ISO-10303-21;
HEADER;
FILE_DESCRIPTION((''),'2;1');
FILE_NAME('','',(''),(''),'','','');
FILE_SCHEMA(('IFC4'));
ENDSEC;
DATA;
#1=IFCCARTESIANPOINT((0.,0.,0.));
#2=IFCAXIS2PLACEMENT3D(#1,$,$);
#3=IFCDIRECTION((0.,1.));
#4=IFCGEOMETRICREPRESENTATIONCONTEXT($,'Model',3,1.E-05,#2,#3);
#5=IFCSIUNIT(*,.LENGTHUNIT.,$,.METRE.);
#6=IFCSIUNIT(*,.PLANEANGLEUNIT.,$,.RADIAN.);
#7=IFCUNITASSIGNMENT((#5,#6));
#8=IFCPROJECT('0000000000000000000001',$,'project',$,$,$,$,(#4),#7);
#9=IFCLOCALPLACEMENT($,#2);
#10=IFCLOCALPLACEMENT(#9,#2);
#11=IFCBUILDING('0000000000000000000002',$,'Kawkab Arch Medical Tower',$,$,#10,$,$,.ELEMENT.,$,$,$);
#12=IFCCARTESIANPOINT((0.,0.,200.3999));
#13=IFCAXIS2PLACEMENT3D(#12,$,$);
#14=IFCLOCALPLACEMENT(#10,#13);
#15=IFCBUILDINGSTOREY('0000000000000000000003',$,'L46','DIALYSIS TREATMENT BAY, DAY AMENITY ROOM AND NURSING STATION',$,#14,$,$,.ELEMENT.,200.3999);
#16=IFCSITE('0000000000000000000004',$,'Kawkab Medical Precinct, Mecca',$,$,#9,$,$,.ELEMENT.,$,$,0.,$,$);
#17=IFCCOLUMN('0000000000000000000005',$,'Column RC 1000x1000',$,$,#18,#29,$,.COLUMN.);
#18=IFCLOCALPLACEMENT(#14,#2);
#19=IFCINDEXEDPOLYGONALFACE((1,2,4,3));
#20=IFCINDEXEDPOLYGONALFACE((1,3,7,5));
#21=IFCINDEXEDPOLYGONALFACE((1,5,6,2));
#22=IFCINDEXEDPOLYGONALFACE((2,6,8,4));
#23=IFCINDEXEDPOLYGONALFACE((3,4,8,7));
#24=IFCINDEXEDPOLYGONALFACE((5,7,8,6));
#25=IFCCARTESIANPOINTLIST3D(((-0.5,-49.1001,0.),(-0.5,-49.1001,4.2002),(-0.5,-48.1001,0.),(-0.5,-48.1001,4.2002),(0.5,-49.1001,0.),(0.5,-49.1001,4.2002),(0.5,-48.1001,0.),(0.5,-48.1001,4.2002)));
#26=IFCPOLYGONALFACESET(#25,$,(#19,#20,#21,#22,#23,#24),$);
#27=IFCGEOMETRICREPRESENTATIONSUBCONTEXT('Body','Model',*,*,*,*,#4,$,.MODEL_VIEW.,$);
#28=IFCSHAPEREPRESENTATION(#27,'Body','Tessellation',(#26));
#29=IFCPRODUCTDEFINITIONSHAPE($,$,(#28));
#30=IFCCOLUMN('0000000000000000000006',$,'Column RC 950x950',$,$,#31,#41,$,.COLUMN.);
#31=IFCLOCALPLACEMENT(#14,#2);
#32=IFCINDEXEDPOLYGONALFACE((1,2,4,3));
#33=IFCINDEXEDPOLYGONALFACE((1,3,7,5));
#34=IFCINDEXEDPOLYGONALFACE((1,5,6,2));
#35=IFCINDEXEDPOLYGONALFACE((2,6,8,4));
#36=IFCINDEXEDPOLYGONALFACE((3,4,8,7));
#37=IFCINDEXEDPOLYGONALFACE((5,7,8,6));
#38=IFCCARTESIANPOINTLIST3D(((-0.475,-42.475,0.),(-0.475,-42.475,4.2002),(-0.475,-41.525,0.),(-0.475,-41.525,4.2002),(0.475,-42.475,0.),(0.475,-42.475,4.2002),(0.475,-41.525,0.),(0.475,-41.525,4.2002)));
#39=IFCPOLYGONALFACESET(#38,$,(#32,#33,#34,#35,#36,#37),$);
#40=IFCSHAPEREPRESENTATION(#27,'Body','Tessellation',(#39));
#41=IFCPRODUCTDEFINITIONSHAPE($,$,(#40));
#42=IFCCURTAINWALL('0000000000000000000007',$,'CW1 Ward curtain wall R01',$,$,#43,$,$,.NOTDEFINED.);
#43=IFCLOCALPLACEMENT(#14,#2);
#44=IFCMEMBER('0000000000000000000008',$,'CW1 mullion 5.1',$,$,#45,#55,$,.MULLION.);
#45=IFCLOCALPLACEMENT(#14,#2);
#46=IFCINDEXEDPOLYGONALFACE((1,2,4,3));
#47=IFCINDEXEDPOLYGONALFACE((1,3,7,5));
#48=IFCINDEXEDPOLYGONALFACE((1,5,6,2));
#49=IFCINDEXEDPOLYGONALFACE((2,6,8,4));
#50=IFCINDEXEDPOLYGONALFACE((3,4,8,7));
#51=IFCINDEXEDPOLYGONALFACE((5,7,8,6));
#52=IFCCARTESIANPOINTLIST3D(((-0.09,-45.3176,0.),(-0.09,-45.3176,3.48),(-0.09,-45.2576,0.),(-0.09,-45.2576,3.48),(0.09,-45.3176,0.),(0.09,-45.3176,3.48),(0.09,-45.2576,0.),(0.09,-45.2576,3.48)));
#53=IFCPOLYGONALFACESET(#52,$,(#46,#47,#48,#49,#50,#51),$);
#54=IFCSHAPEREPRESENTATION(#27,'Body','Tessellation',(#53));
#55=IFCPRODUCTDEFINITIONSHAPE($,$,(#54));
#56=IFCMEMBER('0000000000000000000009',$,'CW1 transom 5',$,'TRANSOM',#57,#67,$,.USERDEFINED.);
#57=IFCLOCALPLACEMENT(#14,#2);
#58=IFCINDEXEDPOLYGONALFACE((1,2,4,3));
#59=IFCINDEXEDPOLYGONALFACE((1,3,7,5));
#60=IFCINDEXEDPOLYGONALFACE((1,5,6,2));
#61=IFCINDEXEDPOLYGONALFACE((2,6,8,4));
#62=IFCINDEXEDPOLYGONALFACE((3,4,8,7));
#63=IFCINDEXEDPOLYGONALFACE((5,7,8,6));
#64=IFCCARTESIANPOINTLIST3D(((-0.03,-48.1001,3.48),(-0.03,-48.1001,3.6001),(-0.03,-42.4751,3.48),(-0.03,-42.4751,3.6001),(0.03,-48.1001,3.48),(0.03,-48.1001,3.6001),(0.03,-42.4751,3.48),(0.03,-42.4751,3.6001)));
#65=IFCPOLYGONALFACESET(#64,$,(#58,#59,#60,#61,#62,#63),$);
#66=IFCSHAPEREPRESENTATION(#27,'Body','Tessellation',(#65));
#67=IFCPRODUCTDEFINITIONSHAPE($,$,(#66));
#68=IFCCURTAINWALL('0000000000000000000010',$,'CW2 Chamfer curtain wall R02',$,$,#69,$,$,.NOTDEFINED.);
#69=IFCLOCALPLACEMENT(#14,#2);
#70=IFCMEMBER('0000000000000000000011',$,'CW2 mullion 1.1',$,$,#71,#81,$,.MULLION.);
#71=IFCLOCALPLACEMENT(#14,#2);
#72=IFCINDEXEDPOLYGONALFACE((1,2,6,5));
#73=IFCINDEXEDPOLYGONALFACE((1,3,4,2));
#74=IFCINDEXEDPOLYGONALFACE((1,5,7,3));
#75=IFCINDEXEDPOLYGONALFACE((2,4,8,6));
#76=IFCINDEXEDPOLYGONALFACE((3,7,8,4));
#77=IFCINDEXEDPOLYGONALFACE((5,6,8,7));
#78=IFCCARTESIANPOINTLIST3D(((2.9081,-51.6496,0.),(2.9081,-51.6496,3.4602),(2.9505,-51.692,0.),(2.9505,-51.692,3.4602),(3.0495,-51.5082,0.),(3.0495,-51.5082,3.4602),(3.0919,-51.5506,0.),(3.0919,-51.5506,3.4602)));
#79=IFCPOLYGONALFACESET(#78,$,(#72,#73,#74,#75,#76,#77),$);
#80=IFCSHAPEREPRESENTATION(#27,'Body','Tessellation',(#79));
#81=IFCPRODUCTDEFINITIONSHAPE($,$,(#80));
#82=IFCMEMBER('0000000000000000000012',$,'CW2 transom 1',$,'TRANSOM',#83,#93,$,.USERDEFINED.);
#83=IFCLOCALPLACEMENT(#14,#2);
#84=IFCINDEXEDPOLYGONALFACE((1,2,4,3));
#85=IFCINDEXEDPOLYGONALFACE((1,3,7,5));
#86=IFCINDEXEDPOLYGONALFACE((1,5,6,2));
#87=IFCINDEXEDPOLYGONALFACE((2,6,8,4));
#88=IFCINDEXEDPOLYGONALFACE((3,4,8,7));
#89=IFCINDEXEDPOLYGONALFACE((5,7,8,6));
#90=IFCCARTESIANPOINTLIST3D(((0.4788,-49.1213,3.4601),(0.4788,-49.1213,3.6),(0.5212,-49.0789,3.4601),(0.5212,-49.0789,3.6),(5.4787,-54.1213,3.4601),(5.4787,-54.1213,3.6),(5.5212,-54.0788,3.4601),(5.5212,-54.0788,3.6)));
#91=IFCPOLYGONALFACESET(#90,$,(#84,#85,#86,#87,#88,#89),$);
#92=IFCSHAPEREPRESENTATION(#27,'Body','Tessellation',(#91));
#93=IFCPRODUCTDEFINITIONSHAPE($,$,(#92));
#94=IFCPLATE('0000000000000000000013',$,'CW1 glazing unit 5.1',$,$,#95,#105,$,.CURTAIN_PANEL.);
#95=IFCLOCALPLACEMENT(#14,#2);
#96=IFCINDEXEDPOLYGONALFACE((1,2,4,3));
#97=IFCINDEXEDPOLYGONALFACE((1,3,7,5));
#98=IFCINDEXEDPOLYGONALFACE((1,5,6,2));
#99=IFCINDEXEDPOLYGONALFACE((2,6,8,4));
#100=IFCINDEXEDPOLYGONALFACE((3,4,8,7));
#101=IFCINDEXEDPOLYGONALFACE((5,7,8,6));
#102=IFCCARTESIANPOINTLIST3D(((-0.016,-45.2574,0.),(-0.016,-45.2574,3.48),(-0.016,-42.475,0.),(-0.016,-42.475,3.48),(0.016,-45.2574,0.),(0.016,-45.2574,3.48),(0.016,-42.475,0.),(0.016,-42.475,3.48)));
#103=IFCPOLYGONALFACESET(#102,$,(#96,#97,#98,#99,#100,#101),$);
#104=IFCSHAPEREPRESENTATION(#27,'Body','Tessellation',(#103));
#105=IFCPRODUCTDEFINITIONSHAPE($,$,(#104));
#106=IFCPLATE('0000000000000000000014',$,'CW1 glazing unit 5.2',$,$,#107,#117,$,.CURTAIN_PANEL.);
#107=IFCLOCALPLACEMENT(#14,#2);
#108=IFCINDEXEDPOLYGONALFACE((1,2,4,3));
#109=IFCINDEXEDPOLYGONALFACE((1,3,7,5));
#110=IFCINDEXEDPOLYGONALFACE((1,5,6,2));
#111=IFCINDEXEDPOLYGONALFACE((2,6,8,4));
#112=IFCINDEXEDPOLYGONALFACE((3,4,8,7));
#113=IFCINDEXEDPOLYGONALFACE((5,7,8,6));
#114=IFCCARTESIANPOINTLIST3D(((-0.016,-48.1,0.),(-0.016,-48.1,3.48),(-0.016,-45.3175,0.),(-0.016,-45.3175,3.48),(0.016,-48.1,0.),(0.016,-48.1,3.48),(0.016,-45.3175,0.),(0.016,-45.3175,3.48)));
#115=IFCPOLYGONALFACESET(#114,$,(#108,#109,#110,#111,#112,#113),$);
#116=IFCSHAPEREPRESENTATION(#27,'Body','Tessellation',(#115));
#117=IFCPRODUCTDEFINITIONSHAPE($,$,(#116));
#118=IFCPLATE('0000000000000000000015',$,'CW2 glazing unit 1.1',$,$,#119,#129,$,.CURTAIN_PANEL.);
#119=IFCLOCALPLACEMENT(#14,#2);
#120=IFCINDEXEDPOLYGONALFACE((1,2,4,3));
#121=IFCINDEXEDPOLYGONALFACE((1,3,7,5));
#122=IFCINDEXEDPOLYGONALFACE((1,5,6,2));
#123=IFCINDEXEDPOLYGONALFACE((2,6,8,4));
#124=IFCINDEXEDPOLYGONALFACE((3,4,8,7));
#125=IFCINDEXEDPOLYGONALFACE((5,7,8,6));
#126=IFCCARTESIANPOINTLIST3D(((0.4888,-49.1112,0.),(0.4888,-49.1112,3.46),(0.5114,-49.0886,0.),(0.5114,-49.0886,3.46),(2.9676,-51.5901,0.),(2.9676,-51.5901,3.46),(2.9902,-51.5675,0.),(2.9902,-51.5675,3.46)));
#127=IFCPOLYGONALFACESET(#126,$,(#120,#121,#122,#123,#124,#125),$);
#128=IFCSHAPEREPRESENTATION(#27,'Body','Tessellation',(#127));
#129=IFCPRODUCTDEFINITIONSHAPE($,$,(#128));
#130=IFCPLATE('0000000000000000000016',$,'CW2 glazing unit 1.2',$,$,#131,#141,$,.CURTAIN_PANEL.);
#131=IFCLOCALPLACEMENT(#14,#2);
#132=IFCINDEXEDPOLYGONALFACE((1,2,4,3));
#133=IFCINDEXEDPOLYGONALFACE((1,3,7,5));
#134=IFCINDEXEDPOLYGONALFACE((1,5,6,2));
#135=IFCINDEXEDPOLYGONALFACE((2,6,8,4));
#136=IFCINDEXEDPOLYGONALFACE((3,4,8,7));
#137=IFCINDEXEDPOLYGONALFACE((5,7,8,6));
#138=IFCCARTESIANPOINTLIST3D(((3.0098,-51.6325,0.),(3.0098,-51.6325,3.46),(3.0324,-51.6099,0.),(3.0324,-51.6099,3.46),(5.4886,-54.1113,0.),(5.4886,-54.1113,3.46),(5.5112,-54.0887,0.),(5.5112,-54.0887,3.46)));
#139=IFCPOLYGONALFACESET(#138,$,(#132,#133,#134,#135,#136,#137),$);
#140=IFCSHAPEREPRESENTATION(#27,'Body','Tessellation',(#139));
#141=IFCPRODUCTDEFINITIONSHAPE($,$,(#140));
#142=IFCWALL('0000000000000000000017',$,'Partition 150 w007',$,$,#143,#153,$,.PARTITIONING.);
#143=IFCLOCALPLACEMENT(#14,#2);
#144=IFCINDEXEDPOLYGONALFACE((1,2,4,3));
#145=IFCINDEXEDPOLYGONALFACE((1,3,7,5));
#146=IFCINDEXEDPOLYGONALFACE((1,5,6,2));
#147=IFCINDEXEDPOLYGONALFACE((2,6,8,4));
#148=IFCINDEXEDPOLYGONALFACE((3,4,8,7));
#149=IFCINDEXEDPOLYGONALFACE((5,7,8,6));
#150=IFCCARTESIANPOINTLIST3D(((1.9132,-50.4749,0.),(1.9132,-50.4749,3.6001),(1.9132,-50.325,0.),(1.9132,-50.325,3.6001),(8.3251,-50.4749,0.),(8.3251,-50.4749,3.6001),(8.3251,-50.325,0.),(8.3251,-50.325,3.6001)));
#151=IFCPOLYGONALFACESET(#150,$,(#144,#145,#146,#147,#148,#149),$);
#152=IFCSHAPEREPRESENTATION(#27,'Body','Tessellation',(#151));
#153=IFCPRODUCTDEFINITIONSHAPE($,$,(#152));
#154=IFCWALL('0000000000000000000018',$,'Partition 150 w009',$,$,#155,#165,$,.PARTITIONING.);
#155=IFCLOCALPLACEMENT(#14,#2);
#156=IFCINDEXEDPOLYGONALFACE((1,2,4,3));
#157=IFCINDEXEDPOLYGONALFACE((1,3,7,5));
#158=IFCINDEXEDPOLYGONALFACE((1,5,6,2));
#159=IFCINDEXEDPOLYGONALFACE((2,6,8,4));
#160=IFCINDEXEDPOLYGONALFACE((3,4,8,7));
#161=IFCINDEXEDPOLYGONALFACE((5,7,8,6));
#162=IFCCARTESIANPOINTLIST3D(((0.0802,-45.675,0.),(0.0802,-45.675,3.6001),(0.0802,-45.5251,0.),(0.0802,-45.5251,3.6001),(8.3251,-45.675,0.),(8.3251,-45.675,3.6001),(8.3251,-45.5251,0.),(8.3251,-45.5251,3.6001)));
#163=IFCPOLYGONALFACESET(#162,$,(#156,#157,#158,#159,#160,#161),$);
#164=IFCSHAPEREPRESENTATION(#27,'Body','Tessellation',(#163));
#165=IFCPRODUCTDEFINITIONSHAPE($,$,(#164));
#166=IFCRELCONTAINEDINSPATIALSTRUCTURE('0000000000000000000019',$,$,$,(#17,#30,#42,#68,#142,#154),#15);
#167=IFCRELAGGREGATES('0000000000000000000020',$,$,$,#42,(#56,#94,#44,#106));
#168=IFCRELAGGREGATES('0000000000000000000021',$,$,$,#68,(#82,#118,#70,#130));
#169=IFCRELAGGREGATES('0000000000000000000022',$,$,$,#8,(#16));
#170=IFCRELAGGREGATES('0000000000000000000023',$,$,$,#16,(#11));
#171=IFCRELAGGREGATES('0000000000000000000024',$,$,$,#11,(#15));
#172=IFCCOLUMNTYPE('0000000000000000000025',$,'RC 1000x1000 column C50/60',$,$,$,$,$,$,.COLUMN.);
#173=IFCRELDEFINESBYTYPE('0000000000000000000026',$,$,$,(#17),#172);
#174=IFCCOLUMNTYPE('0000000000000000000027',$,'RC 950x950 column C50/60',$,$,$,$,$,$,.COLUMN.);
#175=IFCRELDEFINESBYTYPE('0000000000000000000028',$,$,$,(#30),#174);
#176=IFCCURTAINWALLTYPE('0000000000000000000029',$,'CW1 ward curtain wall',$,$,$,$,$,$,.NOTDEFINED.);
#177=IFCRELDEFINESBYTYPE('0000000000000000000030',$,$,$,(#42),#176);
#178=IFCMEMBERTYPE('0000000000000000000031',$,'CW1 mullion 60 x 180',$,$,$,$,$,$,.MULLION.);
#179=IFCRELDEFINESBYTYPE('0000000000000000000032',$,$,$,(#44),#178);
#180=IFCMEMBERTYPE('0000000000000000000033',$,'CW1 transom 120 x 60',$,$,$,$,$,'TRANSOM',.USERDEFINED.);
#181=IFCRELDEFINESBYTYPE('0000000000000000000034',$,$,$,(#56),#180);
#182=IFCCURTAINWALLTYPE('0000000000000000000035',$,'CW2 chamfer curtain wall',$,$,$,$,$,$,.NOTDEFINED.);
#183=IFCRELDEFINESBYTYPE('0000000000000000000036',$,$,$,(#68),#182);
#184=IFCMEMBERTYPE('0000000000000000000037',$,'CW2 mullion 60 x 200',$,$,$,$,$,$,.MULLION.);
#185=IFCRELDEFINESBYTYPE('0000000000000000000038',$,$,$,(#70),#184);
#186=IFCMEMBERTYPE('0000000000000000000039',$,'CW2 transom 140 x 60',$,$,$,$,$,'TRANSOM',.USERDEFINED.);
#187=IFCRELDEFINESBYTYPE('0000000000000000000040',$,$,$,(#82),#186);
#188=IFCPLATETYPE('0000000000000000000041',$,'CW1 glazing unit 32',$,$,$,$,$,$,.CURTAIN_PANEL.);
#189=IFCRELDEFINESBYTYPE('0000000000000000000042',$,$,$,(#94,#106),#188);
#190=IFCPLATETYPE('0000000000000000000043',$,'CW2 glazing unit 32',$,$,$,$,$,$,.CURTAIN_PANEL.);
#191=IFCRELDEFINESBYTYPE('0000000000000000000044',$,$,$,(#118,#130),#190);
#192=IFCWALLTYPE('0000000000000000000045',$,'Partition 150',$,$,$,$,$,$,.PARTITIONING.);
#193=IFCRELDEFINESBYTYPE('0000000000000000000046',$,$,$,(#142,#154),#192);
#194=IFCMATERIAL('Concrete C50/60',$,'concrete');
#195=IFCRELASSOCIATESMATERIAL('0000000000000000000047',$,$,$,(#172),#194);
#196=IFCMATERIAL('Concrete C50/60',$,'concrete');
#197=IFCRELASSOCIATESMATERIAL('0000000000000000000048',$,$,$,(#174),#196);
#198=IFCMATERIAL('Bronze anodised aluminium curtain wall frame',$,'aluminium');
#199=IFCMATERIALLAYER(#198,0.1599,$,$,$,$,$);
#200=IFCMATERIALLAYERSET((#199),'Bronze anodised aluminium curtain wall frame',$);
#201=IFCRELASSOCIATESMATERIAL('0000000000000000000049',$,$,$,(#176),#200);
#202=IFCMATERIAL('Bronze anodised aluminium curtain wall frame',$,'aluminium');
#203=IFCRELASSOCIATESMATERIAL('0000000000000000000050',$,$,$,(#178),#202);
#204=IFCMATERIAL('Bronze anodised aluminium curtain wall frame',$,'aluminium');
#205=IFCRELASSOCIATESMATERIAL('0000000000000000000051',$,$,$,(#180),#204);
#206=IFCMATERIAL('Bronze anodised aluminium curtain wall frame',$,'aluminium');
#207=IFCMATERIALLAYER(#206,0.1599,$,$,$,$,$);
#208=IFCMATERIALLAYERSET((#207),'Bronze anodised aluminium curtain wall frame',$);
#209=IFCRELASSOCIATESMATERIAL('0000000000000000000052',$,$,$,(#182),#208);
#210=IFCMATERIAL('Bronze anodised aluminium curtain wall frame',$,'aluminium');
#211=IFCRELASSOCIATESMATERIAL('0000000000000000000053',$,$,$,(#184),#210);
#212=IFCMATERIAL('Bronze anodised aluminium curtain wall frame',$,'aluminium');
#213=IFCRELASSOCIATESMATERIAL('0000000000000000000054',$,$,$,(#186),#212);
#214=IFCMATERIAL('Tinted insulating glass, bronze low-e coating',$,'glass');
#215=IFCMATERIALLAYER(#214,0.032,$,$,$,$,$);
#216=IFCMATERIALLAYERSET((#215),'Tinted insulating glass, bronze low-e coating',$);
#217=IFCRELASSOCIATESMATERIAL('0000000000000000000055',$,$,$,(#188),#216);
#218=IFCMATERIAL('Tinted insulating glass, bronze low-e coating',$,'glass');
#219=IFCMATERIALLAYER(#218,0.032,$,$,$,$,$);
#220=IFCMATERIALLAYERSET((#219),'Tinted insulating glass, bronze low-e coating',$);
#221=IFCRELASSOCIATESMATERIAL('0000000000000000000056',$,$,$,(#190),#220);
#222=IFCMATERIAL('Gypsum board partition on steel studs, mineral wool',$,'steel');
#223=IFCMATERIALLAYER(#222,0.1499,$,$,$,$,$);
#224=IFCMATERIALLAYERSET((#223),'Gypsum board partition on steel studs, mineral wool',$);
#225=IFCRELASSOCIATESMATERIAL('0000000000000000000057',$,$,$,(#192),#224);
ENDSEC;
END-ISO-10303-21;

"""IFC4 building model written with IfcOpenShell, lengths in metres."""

from ifc_helpers import new_model, si_unit, direction, frame, frame_2d, origin, origin_2d, place, context, subcontext, project, spatial, rectangle, extrude, material, layer, layer_set, material_profile, profile_set, type_object, element, aggregate, save


model = new_model("IFC4")

# Units and contexts
model_context = context("Model", 3, precision=1e-05, world=origin(), true_north=direction((0.0, 1.0)))
body_context = subcontext(model_context, "Body", "Model", "MODEL_VIEW")
ifc_project = project(units=[si_unit("LENGTHUNIT", "METRE"), si_unit("PLANEANGLEUNIT", "RADIAN")], contexts=[model_context])

# Site, building, storey
site_placement = place(None, origin())
site = spatial("IfcSite", under=ifc_project, at=site_placement, Name="Kawkab Medical Precinct, Mecca", CompositionType="ELEMENT", RefElevation=0.0)
building_placement = place(site_placement, origin())
building = spatial("IfcBuilding", under=site, at=building_placement, Name="Kawkab Arch Medical Tower", CompositionType="ELEMENT")
storey_placement = place(building_placement, frame((0.0, 0.0, 200.3999)))
storey = spatial("IfcBuildingStorey", under=building, at=storey_placement, Name="L46", Description="DIALYSIS TREATMENT BAY, DAY AMENITY ROOM AND NURSING STATION", CompositionType="ELEMENT", Elevation=200.3999)

# Columns
ifc_material_1 = material(Name="Concrete C50/60", Category="concrete")
ifc_material_profile_1 = material_profile(ifc_material_1, rectangle(XDim=1.0, YDim=1.0, at=origin_2d()), Name="RC 1000x1000")
ifc_profile_set_1 = profile_set([ifc_material_profile_1], Name="Concrete C50/60")
column_type_1 = type_object("IfcColumnType", Name="RC 1000x1000 column C50/60", PredefinedType="COLUMN", material=ifc_profile_set_1)
column_1_placement = place(storey_placement, frame((0.0, -48.6001, 0.0), z_axis=(0.0, 0.0, 1.0), x_axis=(1.0, 0.0, 0.0)))
element("IfcColumn", 1, at=column_1_placement, inside=storey, type_object=column_type_1, Name="Column RC 1000x1000", PredefinedType="COLUMN", context=body_context, shape_type="SweptSolid", body=[
    extrude(rectangle(XDim=1.0, YDim=1.0, at=origin_2d()), origin(), (0.0, 0.0, 1.0), 4.2002),
])
ifc_material_2 = material(Name="Concrete C50/60", Category="concrete")
ifc_material_profile_2 = material_profile(ifc_material_2, rectangle(XDim=0.95, YDim=0.95, at=origin_2d()), Name="RC 950x950")
ifc_profile_set_2 = profile_set([ifc_material_profile_2], Name="Concrete C50/60")
column_type_2 = type_object("IfcColumnType", Name="RC 950x950 column C50/60", PredefinedType="COLUMN", material=ifc_profile_set_2)
column_2_placement = place(storey_placement, frame((0.0, -42.0, 0.0), z_axis=(0.0, 0.0, 1.0), x_axis=(1.0, 0.0, 0.0)))
element("IfcColumn", 2, at=column_2_placement, inside=storey, type_object=column_type_2, Name="Column RC 950x950", PredefinedType="COLUMN", context=body_context, shape_type="SweptSolid", body=[
    extrude(rectangle(XDim=0.95, YDim=0.95, at=origin_2d()), origin(), (0.0, 0.0, 1.0), 4.2002),
])

# Curtain walls, members
ifc_material_3 = material(Name="Bronze anodised aluminium curtain wall frame", Category="aluminium")
ifc_layer_1 = layer(ifc_material_3, 0.1599)
ifc_layer_set_1 = layer_set([ifc_layer_1], Name="Bronze anodised aluminium curtain wall frame")
curtain_wall_type_1 = type_object("IfcCurtainWallType", Name="CW1 ward curtain wall", PredefinedType="NOTDEFINED", material=ifc_layer_set_1)
placement = place(storey_placement, origin())
curtain_wall_1 = element("IfcCurtainWall", 3, at=placement, inside=storey, type_object=curtain_wall_type_1, Name="CW1 Ward curtain wall R01", PredefinedType="NOTDEFINED")
ifc_material_4 = material(Name="Bronze anodised aluminium curtain wall frame", Category="aluminium")
ifc_material_profile_3 = material_profile(ifc_material_4, rectangle(XDim=0.1799, YDim=0.0601, at=origin_2d()), Name="AL 60x180")
ifc_profile_set_3 = profile_set([ifc_material_profile_3], Name="Bronze anodised aluminium curtain wall frame")
member_type_1 = type_object("IfcMemberType", Name="CW1 mullion 60 x 180", PredefinedType="MULLION", material=ifc_profile_set_3)
member_1_placement = place(storey_placement, frame((0.0, -45.2876, 0.0), z_axis=(0.0, 0.0, 1.0), x_axis=(1.0, 0.0, 0.0)))
member_1 = element("IfcMember", 4, at=member_1_placement, type_object=member_type_1, Name="CW1 mullion 5.1", PredefinedType="MULLION", context=body_context, shape_type="SweptSolid", body=[
    extrude(rectangle(XDim=0.1799, YDim=0.0601, at=origin_2d()), origin(), (0.0, 0.0, 1.0), 3.48),
])
ifc_material_5 = material(Name="Bronze anodised aluminium curtain wall frame", Category="aluminium")
ifc_material_profile_4 = material_profile(ifc_material_5, rectangle(XDim=0.0601, YDim=0.1201, at=origin_2d()), Name="AL 60x120")
ifc_profile_set_4 = profile_set([ifc_material_profile_4], Name="Bronze anodised aluminium curtain wall frame")
member_type_2 = type_object("IfcMemberType", Name="CW1 transom 120 x 60", ElementType="TRANSOM", PredefinedType="USERDEFINED", material=ifc_profile_set_4)
member_2_placement = place(storey_placement, frame((0.0, -42.4751, 3.54), z_axis=(0.0, -1.0, 0.0), x_axis=(1.0, 0.0, 0.0)))
member_2 = element("IfcMember", 5, at=member_2_placement, type_object=member_type_2, Name="CW1 transom 5", ObjectType="TRANSOM", PredefinedType="USERDEFINED", context=body_context, shape_type="SweptSolid", body=[
    extrude(rectangle(XDim=0.0601, YDim=0.1201, at=origin_2d()), origin(), (0.0, 0.0, 1.0), 5.625),
])
ifc_material_6 = material(Name="Bronze anodised aluminium curtain wall frame", Category="aluminium")
ifc_layer_2 = layer(ifc_material_6, 0.1599)
ifc_layer_set_2 = layer_set([ifc_layer_2], Name="Bronze anodised aluminium curtain wall frame")
curtain_wall_type_2 = type_object("IfcCurtainWallType", Name="CW2 chamfer curtain wall", PredefinedType="NOTDEFINED", material=ifc_layer_set_2)
curtain_wall_2 = element("IfcCurtainWall", 6, at=placement, inside=storey, type_object=curtain_wall_type_2, Name="CW2 Chamfer curtain wall R02", PredefinedType="NOTDEFINED")
ifc_material_7 = material(Name="Bronze anodised aluminium curtain wall frame", Category="aluminium")
ifc_material_profile_5 = material_profile(ifc_material_7, rectangle(XDim=0.2, YDim=0.0601, at=origin_2d()), Name="AL 60x200")
ifc_profile_set_5 = profile_set([ifc_material_profile_5], Name="Bronze anodised aluminium curtain wall frame")
member_type_3 = type_object("IfcMemberType", Name="CW2 mullion 60 x 200", PredefinedType="MULLION", material=ifc_profile_set_5)
member_3_placement = place(storey_placement, frame((3.0, -51.6001, 0.0), z_axis=(0.0, 0.0, 1.0), x_axis=(0.707107, 0.707107, 0.0)))
member_3 = element("IfcMember", 7, at=member_3_placement, type_object=member_type_3, Name="CW2 mullion 1.1", PredefinedType="MULLION", context=body_context, shape_type="SweptSolid", body=[
    extrude(rectangle(XDim=0.2, YDim=0.0601, at=origin_2d()), origin(), (0.0, 0.0, 1.0), 3.4602),
])
ifc_material_8 = material(Name="Bronze anodised aluminium curtain wall frame", Category="aluminium")
ifc_material_profile_6 = material_profile(ifc_material_8, rectangle(XDim=0.0601, YDim=0.1399, at=origin_2d()), Name="AL 60x140")
ifc_profile_set_6 = profile_set([ifc_material_profile_6], Name="Bronze anodised aluminium curtain wall frame")
member_type_4 = type_object("IfcMemberType", Name="CW2 transom 140 x 60", ElementType="TRANSOM", PredefinedType="USERDEFINED", material=ifc_profile_set_6)
member_4_placement = place(storey_placement, frame((0.5, -49.1001, 3.53), z_axis=(0.707107, -0.707107, 0.0), x_axis=(0.707107, 0.707107, 0.0)))
member_4 = element("IfcMember", 8, at=member_4_placement, type_object=member_type_4, Name="CW2 transom 1", ObjectType="TRANSOM", PredefinedType="USERDEFINED", context=body_context, shape_type="SweptSolid", body=[
    extrude(rectangle(XDim=0.0601, YDim=0.1399, at=origin_2d()), origin(), (0.0, 0.0, 1.0), 7.071),
])

# Plates
ifc_material_9 = material(Name="Tinted insulating glass, bronze low-e coating", Category="glass")
ifc_layer_3 = layer(ifc_material_9, 0.032)
ifc_layer_set_3 = layer_set([ifc_layer_3], Name="Tinted insulating glass, bronze low-e coating")
plate_type_1 = type_object("IfcPlateType", Name="CW1 glazing unit 32", PredefinedType="CURTAIN_PANEL", material=ifc_layer_set_3)
plate_1_placement = place(storey_placement, frame((0.0, -43.8662, 0.0), z_axis=(0.0, 0.0, 1.0), x_axis=(0.0, -1.0, 0.0)))
plate_1 = element("IfcPlate", 9, at=plate_1_placement, type_object=plate_type_1, Name="CW1 glazing unit 5.1", PredefinedType="CURTAIN_PANEL", context=body_context, shape_type="SweptSolid", body=[
    extrude(rectangle(XDim=2.7825, YDim=0.032, at=origin_2d()), origin(), (0.0, 0.0, 1.0), 3.48),
])
plate_2_placement = place(storey_placement, frame((0.0, -46.7087, 0.0), z_axis=(0.0, 0.0, 1.0), x_axis=(0.0, -1.0, 0.0)))
plate_2 = element("IfcPlate", 10, at=plate_2_placement, type_object=plate_type_1, Name="CW1 glazing unit 5.2", PredefinedType="CURTAIN_PANEL", context=body_context, shape_type="SweptSolid", body=[
    extrude(rectangle(XDim=2.7825, YDim=0.032, at=origin_2d()), origin(), (0.0, 0.0, 1.0), 3.48),
])
aggregate(curtain_wall_1, [member_2, plate_1, member_1, plate_2])
ifc_material_10 = material(Name="Tinted insulating glass, bronze low-e coating", Category="glass")
ifc_layer_4 = layer(ifc_material_10, 0.032)
ifc_layer_set_4 = layer_set([ifc_layer_4], Name="Tinted insulating glass, bronze low-e coating")
plate_type_2 = type_object("IfcPlateType", Name="CW2 glazing unit 32", PredefinedType="CURTAIN_PANEL", material=ifc_layer_set_4)
plate_3_placement = place(storey_placement, frame((1.7395, -50.3394, 0.0), z_axis=(0.0, 0.0, 1.0), x_axis=(0.707107, -0.707107, 0.0)))
plate_3 = element("IfcPlate", 11, at=plate_3_placement, type_object=plate_type_2, Name="CW2 glazing unit 1.1", PredefinedType="CURTAIN_PANEL", context=body_context, shape_type="SweptSolid", body=[
    extrude(rectangle(XDim=3.5056, YDim=0.032, at=origin_2d()), origin(), (0.0, 0.0, 1.0), 3.46),
])
plate_4_placement = place(storey_placement, frame((4.2605, -52.8606, 0.0), z_axis=(0.0, 0.0, 1.0), x_axis=(0.707107, -0.707107, 0.0)))
plate_4 = element("IfcPlate", 12, at=plate_4_placement, type_object=plate_type_2, Name="CW2 glazing unit 1.2", PredefinedType="CURTAIN_PANEL", context=body_context, shape_type="SweptSolid", body=[
    extrude(rectangle(XDim=3.5056, YDim=0.032, at=origin_2d()), origin(), (0.0, 0.0, 1.0), 3.46),
])
aggregate(curtain_wall_2, [member_4, plate_3, member_3, plate_4])

# Walls
ifc_material_11 = material(Name="Gypsum board partition on steel studs, mineral wool", Category="steel")
ifc_layer_5 = layer(ifc_material_11, 0.1499)
ifc_layer_set_5 = layer_set([ifc_layer_5], Name="Gypsum board partition on steel studs, mineral wool")
wall_type_1 = type_object("IfcWallType", Name="Partition 150", PredefinedType="PARTITIONING", material=ifc_layer_set_5)
wall_1_placement = place(storey_placement, frame((1.9131, -50.3999, 0.0), z_axis=(0.0, 0.0, 1.0), x_axis=(1.0, 0.0, 0.0)))
element("IfcWall", 13, at=wall_1_placement, inside=storey, type_object=wall_type_1, Name="Partition 150 w007", PredefinedType="PARTITIONING", context=body_context, shape_type="SweptSolid", body=[
    extrude(rectangle(XDim=6.4119, YDim=0.1499, at=frame_2d((3.2061, 0.0))), origin(), (0.0, 0.0, 1.0), 3.6001),
])
wall_2_placement = place(storey_placement, frame((0.0801, -45.6001, 0.0), z_axis=(0.0, 0.0, 1.0), x_axis=(1.0, 0.0, 0.0)))
element("IfcWall", 14, at=wall_2_placement, inside=storey, type_object=wall_type_1, Name="Partition 150 w009", PredefinedType="PARTITIONING", context=body_context, shape_type="SweptSolid", body=[
    extrude(rectangle(XDim=8.2449, YDim=0.1499, at=frame_2d((4.1226, 0.0))), origin(), (0.0, 0.0, 1.0), 3.6001),
])

save(model, "model.ifc")
